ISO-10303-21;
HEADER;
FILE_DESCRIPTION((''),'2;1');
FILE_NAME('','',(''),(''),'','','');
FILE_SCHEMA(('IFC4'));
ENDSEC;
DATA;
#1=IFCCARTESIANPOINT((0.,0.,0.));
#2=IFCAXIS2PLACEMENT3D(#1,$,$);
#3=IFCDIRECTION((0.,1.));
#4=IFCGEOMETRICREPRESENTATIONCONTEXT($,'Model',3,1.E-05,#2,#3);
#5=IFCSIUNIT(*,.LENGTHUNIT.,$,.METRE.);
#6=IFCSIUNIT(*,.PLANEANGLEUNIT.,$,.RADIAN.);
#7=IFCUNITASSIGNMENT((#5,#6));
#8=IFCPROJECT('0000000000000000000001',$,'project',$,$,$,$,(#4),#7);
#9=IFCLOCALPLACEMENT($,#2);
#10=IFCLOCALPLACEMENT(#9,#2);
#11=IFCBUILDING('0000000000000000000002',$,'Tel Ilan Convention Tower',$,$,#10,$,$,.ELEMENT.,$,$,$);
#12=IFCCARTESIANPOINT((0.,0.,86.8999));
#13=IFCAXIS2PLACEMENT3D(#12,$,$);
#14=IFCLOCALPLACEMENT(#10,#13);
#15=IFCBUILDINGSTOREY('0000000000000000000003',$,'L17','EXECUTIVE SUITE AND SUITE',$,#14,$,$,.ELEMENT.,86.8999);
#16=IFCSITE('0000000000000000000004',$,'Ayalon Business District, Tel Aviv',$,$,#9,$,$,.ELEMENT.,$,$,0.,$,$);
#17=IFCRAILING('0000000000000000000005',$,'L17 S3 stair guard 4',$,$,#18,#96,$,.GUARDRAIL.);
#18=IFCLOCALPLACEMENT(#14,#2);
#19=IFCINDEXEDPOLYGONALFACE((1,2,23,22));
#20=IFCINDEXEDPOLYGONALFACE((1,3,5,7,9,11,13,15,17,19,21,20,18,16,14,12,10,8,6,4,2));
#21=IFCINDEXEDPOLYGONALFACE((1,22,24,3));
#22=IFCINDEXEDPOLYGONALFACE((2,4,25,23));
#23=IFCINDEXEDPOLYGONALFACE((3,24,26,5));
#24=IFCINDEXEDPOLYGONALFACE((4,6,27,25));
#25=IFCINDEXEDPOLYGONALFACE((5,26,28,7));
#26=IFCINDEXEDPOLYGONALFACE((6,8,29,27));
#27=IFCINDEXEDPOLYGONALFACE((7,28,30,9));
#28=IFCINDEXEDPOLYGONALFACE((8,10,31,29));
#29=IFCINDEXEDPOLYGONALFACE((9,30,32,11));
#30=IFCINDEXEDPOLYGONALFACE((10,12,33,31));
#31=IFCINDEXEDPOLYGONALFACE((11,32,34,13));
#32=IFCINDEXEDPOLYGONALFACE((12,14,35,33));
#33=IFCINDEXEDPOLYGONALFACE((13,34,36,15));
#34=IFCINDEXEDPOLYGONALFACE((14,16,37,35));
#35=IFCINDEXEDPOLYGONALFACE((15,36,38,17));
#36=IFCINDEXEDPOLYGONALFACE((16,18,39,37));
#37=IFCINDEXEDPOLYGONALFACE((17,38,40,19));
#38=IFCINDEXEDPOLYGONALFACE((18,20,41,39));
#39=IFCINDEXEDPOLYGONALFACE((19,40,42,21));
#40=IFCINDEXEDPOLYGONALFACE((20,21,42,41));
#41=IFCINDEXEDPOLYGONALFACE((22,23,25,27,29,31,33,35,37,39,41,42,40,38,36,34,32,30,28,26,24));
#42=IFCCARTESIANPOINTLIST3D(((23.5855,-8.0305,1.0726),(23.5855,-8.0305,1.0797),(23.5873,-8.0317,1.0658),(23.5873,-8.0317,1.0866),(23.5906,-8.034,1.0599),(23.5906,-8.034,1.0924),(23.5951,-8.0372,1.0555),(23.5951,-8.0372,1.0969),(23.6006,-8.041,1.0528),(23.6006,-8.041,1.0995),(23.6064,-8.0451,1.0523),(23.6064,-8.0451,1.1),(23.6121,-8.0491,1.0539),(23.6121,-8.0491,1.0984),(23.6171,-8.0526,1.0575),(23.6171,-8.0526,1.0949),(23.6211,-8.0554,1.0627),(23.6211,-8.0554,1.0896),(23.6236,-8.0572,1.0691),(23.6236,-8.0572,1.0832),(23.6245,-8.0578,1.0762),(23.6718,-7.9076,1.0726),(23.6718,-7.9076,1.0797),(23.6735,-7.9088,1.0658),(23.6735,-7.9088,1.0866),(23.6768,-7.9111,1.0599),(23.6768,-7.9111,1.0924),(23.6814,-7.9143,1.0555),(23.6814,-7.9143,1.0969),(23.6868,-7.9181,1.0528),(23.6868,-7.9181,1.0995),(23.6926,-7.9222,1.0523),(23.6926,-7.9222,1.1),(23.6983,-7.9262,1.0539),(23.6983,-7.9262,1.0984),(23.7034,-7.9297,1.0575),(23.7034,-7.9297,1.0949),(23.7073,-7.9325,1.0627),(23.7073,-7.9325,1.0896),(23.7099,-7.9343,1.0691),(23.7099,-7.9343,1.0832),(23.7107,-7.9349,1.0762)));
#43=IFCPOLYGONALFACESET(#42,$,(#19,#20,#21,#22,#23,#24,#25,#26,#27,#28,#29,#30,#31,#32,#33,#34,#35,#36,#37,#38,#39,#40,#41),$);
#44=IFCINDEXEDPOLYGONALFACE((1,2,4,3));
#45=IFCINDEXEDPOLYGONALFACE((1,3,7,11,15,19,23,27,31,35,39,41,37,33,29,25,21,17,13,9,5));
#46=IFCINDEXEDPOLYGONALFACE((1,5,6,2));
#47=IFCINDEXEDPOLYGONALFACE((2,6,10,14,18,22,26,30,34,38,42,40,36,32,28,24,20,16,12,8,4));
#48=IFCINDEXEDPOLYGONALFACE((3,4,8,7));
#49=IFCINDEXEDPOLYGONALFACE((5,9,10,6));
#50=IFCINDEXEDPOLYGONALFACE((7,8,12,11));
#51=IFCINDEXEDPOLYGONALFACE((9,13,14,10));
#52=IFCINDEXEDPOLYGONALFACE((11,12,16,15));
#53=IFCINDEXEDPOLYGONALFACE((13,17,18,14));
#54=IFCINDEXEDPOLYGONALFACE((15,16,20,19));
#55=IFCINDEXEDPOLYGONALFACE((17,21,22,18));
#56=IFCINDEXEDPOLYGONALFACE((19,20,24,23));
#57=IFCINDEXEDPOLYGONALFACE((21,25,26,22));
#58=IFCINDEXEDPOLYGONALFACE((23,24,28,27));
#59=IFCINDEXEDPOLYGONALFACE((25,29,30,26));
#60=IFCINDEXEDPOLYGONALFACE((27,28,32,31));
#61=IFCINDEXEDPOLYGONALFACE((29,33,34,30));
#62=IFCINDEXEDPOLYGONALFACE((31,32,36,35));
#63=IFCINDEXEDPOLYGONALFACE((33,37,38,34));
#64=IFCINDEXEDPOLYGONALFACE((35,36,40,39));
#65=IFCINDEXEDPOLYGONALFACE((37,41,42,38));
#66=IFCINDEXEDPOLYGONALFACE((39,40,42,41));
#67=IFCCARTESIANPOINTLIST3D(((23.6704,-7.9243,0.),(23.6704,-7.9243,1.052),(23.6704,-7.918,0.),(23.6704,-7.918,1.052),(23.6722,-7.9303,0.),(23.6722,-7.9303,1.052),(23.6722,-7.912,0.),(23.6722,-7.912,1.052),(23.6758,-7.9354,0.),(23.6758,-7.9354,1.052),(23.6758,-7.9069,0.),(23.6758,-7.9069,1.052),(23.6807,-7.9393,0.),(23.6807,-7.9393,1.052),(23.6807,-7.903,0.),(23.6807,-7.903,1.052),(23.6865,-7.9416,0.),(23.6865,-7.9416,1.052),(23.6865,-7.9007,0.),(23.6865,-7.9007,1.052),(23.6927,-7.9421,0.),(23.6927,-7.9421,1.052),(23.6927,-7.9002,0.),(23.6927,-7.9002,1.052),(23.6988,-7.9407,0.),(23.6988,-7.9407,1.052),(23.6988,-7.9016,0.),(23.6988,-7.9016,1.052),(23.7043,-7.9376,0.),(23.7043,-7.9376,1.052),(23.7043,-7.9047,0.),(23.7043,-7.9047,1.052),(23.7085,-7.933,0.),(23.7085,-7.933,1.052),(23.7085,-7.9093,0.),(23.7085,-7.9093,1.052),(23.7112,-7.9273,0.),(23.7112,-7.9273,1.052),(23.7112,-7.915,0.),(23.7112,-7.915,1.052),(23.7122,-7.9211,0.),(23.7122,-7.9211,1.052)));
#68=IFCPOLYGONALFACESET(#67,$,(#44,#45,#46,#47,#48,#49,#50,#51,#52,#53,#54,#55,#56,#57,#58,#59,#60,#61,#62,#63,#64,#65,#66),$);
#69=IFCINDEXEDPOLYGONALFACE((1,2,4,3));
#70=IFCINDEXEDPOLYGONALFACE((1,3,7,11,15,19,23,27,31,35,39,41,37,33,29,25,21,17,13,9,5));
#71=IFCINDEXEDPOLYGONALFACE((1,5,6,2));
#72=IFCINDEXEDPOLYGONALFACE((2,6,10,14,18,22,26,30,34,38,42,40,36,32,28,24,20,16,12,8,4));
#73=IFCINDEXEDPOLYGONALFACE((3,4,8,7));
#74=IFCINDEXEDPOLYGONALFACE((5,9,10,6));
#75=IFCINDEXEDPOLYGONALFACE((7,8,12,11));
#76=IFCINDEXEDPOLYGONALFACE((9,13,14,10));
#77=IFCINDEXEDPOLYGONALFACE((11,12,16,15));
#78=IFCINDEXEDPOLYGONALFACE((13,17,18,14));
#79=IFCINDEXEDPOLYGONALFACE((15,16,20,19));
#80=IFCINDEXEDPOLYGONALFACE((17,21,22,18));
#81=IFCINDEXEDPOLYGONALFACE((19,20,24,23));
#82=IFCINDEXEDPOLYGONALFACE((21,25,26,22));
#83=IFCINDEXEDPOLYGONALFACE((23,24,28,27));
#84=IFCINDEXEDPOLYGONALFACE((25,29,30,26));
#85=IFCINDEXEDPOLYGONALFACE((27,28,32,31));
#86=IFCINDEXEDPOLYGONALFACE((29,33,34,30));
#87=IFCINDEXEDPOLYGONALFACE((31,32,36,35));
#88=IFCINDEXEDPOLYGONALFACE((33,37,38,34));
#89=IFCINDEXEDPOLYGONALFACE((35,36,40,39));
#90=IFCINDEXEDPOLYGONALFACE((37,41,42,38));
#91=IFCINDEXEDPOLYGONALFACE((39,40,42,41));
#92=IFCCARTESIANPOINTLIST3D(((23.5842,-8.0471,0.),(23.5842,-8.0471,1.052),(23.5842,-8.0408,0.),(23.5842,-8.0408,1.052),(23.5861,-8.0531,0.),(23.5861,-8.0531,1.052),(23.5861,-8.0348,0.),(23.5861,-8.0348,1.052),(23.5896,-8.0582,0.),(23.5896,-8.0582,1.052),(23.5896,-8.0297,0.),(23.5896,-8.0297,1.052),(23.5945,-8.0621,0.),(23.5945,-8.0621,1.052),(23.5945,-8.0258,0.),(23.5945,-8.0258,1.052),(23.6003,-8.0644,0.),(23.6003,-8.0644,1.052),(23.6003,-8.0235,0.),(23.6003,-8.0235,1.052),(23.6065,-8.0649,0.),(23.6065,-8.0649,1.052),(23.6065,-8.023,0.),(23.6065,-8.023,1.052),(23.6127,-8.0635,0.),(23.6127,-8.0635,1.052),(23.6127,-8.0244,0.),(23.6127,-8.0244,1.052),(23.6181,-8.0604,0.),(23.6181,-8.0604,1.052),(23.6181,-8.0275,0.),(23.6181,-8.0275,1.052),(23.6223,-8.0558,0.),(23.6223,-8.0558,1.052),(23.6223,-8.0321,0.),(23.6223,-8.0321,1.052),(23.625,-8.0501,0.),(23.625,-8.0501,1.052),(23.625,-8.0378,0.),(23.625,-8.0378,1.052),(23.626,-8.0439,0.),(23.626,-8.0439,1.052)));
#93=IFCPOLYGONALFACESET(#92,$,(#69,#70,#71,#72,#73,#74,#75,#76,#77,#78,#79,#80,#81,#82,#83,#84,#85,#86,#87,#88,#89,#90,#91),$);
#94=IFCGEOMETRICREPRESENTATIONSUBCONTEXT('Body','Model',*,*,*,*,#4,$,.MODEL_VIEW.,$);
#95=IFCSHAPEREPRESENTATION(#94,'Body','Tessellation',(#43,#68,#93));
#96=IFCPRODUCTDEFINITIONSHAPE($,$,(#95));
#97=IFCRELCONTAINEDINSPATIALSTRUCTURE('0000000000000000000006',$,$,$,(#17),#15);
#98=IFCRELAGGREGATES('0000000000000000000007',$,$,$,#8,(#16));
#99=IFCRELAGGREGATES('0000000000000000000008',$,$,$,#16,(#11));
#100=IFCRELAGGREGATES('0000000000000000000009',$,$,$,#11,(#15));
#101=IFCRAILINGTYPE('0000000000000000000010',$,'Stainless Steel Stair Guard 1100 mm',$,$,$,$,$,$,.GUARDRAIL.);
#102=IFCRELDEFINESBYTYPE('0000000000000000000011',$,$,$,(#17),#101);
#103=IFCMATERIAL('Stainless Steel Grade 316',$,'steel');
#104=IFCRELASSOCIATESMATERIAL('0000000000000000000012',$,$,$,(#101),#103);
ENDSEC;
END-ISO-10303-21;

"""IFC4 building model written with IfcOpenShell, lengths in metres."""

from ifc_helpers import new_model, si_unit, direction, frame, origin, origin_2d, place, context, subcontext, project, spatial, circle, extrude, material, type_object, element, save


model = new_model("IFC4")

# Units and contexts
model_context = context("Model", 3, precision=1e-05, world=origin(), true_north=direction((0.0, 1.0)))
body_context = subcontext(model_context, "Body", "Model", "MODEL_VIEW")
ifc_project = project(units=[si_unit("LENGTHUNIT", "METRE"), si_unit("PLANEANGLEUNIT", "RADIAN")], contexts=[model_context])

# Site, building, storey
site_placement = place(None, origin())
site = spatial("IfcSite", under=ifc_project, at=site_placement, Name="Ayalon Business District, Tel Aviv", CompositionType="ELEMENT", RefElevation=0.0)
building_placement = place(site_placement, origin())
building = spatial("IfcBuilding", under=site, at=building_placement, Name="Tel Ilan Convention Tower", CompositionType="ELEMENT")
storey_placement = place(building_placement, frame((0.0, 0.0, 86.8999)))
storey = spatial("IfcBuildingStorey", under=building, at=storey_placement, Name="L17", Description="EXECUTIVE SUITE AND SUITE", CompositionType="ELEMENT", Elevation=86.8999)

# Railing
ifc_material_1 = material(Name="Stainless Steel Grade 316", Category="steel")
railing_type_1 = type_object("IfcRailingType", Name="Stainless Steel Stair Guard 1100 mm", PredefinedType="GUARDRAIL", material=ifc_material_1)
railing_1_placement = place(storey_placement, frame((23.6912, -7.9211, 0.0)))
element("IfcRailing", 1, at=railing_1_placement, inside=storey, type_object=railing_type_1, Name="L17 S3 stair guard 4", PredefinedType="GUARDRAIL", context=body_context, shape_type="SweptSolid", body=[
    extrude(circle(Radius=0.0239, at=origin_2d()), frame((0.0, 0.0, 1.0762), z_axis=(-0.574445, -0.818543, 0.0), x_axis=(0.818543, -0.574445, 0.0)), (0.0, 0.0, 1.0), 0.1501),
    extrude(circle(Radius=0.021, at=origin_2d()), origin(), (0.0, 0.0, 1.0), 1.052),
    extrude(circle(Radius=0.021, at=origin_2d()), frame((-0.0862, -0.1228, 0.0)), (0.0, 0.0, 1.0), 1.052),
])

save(model, "model.ifc")
